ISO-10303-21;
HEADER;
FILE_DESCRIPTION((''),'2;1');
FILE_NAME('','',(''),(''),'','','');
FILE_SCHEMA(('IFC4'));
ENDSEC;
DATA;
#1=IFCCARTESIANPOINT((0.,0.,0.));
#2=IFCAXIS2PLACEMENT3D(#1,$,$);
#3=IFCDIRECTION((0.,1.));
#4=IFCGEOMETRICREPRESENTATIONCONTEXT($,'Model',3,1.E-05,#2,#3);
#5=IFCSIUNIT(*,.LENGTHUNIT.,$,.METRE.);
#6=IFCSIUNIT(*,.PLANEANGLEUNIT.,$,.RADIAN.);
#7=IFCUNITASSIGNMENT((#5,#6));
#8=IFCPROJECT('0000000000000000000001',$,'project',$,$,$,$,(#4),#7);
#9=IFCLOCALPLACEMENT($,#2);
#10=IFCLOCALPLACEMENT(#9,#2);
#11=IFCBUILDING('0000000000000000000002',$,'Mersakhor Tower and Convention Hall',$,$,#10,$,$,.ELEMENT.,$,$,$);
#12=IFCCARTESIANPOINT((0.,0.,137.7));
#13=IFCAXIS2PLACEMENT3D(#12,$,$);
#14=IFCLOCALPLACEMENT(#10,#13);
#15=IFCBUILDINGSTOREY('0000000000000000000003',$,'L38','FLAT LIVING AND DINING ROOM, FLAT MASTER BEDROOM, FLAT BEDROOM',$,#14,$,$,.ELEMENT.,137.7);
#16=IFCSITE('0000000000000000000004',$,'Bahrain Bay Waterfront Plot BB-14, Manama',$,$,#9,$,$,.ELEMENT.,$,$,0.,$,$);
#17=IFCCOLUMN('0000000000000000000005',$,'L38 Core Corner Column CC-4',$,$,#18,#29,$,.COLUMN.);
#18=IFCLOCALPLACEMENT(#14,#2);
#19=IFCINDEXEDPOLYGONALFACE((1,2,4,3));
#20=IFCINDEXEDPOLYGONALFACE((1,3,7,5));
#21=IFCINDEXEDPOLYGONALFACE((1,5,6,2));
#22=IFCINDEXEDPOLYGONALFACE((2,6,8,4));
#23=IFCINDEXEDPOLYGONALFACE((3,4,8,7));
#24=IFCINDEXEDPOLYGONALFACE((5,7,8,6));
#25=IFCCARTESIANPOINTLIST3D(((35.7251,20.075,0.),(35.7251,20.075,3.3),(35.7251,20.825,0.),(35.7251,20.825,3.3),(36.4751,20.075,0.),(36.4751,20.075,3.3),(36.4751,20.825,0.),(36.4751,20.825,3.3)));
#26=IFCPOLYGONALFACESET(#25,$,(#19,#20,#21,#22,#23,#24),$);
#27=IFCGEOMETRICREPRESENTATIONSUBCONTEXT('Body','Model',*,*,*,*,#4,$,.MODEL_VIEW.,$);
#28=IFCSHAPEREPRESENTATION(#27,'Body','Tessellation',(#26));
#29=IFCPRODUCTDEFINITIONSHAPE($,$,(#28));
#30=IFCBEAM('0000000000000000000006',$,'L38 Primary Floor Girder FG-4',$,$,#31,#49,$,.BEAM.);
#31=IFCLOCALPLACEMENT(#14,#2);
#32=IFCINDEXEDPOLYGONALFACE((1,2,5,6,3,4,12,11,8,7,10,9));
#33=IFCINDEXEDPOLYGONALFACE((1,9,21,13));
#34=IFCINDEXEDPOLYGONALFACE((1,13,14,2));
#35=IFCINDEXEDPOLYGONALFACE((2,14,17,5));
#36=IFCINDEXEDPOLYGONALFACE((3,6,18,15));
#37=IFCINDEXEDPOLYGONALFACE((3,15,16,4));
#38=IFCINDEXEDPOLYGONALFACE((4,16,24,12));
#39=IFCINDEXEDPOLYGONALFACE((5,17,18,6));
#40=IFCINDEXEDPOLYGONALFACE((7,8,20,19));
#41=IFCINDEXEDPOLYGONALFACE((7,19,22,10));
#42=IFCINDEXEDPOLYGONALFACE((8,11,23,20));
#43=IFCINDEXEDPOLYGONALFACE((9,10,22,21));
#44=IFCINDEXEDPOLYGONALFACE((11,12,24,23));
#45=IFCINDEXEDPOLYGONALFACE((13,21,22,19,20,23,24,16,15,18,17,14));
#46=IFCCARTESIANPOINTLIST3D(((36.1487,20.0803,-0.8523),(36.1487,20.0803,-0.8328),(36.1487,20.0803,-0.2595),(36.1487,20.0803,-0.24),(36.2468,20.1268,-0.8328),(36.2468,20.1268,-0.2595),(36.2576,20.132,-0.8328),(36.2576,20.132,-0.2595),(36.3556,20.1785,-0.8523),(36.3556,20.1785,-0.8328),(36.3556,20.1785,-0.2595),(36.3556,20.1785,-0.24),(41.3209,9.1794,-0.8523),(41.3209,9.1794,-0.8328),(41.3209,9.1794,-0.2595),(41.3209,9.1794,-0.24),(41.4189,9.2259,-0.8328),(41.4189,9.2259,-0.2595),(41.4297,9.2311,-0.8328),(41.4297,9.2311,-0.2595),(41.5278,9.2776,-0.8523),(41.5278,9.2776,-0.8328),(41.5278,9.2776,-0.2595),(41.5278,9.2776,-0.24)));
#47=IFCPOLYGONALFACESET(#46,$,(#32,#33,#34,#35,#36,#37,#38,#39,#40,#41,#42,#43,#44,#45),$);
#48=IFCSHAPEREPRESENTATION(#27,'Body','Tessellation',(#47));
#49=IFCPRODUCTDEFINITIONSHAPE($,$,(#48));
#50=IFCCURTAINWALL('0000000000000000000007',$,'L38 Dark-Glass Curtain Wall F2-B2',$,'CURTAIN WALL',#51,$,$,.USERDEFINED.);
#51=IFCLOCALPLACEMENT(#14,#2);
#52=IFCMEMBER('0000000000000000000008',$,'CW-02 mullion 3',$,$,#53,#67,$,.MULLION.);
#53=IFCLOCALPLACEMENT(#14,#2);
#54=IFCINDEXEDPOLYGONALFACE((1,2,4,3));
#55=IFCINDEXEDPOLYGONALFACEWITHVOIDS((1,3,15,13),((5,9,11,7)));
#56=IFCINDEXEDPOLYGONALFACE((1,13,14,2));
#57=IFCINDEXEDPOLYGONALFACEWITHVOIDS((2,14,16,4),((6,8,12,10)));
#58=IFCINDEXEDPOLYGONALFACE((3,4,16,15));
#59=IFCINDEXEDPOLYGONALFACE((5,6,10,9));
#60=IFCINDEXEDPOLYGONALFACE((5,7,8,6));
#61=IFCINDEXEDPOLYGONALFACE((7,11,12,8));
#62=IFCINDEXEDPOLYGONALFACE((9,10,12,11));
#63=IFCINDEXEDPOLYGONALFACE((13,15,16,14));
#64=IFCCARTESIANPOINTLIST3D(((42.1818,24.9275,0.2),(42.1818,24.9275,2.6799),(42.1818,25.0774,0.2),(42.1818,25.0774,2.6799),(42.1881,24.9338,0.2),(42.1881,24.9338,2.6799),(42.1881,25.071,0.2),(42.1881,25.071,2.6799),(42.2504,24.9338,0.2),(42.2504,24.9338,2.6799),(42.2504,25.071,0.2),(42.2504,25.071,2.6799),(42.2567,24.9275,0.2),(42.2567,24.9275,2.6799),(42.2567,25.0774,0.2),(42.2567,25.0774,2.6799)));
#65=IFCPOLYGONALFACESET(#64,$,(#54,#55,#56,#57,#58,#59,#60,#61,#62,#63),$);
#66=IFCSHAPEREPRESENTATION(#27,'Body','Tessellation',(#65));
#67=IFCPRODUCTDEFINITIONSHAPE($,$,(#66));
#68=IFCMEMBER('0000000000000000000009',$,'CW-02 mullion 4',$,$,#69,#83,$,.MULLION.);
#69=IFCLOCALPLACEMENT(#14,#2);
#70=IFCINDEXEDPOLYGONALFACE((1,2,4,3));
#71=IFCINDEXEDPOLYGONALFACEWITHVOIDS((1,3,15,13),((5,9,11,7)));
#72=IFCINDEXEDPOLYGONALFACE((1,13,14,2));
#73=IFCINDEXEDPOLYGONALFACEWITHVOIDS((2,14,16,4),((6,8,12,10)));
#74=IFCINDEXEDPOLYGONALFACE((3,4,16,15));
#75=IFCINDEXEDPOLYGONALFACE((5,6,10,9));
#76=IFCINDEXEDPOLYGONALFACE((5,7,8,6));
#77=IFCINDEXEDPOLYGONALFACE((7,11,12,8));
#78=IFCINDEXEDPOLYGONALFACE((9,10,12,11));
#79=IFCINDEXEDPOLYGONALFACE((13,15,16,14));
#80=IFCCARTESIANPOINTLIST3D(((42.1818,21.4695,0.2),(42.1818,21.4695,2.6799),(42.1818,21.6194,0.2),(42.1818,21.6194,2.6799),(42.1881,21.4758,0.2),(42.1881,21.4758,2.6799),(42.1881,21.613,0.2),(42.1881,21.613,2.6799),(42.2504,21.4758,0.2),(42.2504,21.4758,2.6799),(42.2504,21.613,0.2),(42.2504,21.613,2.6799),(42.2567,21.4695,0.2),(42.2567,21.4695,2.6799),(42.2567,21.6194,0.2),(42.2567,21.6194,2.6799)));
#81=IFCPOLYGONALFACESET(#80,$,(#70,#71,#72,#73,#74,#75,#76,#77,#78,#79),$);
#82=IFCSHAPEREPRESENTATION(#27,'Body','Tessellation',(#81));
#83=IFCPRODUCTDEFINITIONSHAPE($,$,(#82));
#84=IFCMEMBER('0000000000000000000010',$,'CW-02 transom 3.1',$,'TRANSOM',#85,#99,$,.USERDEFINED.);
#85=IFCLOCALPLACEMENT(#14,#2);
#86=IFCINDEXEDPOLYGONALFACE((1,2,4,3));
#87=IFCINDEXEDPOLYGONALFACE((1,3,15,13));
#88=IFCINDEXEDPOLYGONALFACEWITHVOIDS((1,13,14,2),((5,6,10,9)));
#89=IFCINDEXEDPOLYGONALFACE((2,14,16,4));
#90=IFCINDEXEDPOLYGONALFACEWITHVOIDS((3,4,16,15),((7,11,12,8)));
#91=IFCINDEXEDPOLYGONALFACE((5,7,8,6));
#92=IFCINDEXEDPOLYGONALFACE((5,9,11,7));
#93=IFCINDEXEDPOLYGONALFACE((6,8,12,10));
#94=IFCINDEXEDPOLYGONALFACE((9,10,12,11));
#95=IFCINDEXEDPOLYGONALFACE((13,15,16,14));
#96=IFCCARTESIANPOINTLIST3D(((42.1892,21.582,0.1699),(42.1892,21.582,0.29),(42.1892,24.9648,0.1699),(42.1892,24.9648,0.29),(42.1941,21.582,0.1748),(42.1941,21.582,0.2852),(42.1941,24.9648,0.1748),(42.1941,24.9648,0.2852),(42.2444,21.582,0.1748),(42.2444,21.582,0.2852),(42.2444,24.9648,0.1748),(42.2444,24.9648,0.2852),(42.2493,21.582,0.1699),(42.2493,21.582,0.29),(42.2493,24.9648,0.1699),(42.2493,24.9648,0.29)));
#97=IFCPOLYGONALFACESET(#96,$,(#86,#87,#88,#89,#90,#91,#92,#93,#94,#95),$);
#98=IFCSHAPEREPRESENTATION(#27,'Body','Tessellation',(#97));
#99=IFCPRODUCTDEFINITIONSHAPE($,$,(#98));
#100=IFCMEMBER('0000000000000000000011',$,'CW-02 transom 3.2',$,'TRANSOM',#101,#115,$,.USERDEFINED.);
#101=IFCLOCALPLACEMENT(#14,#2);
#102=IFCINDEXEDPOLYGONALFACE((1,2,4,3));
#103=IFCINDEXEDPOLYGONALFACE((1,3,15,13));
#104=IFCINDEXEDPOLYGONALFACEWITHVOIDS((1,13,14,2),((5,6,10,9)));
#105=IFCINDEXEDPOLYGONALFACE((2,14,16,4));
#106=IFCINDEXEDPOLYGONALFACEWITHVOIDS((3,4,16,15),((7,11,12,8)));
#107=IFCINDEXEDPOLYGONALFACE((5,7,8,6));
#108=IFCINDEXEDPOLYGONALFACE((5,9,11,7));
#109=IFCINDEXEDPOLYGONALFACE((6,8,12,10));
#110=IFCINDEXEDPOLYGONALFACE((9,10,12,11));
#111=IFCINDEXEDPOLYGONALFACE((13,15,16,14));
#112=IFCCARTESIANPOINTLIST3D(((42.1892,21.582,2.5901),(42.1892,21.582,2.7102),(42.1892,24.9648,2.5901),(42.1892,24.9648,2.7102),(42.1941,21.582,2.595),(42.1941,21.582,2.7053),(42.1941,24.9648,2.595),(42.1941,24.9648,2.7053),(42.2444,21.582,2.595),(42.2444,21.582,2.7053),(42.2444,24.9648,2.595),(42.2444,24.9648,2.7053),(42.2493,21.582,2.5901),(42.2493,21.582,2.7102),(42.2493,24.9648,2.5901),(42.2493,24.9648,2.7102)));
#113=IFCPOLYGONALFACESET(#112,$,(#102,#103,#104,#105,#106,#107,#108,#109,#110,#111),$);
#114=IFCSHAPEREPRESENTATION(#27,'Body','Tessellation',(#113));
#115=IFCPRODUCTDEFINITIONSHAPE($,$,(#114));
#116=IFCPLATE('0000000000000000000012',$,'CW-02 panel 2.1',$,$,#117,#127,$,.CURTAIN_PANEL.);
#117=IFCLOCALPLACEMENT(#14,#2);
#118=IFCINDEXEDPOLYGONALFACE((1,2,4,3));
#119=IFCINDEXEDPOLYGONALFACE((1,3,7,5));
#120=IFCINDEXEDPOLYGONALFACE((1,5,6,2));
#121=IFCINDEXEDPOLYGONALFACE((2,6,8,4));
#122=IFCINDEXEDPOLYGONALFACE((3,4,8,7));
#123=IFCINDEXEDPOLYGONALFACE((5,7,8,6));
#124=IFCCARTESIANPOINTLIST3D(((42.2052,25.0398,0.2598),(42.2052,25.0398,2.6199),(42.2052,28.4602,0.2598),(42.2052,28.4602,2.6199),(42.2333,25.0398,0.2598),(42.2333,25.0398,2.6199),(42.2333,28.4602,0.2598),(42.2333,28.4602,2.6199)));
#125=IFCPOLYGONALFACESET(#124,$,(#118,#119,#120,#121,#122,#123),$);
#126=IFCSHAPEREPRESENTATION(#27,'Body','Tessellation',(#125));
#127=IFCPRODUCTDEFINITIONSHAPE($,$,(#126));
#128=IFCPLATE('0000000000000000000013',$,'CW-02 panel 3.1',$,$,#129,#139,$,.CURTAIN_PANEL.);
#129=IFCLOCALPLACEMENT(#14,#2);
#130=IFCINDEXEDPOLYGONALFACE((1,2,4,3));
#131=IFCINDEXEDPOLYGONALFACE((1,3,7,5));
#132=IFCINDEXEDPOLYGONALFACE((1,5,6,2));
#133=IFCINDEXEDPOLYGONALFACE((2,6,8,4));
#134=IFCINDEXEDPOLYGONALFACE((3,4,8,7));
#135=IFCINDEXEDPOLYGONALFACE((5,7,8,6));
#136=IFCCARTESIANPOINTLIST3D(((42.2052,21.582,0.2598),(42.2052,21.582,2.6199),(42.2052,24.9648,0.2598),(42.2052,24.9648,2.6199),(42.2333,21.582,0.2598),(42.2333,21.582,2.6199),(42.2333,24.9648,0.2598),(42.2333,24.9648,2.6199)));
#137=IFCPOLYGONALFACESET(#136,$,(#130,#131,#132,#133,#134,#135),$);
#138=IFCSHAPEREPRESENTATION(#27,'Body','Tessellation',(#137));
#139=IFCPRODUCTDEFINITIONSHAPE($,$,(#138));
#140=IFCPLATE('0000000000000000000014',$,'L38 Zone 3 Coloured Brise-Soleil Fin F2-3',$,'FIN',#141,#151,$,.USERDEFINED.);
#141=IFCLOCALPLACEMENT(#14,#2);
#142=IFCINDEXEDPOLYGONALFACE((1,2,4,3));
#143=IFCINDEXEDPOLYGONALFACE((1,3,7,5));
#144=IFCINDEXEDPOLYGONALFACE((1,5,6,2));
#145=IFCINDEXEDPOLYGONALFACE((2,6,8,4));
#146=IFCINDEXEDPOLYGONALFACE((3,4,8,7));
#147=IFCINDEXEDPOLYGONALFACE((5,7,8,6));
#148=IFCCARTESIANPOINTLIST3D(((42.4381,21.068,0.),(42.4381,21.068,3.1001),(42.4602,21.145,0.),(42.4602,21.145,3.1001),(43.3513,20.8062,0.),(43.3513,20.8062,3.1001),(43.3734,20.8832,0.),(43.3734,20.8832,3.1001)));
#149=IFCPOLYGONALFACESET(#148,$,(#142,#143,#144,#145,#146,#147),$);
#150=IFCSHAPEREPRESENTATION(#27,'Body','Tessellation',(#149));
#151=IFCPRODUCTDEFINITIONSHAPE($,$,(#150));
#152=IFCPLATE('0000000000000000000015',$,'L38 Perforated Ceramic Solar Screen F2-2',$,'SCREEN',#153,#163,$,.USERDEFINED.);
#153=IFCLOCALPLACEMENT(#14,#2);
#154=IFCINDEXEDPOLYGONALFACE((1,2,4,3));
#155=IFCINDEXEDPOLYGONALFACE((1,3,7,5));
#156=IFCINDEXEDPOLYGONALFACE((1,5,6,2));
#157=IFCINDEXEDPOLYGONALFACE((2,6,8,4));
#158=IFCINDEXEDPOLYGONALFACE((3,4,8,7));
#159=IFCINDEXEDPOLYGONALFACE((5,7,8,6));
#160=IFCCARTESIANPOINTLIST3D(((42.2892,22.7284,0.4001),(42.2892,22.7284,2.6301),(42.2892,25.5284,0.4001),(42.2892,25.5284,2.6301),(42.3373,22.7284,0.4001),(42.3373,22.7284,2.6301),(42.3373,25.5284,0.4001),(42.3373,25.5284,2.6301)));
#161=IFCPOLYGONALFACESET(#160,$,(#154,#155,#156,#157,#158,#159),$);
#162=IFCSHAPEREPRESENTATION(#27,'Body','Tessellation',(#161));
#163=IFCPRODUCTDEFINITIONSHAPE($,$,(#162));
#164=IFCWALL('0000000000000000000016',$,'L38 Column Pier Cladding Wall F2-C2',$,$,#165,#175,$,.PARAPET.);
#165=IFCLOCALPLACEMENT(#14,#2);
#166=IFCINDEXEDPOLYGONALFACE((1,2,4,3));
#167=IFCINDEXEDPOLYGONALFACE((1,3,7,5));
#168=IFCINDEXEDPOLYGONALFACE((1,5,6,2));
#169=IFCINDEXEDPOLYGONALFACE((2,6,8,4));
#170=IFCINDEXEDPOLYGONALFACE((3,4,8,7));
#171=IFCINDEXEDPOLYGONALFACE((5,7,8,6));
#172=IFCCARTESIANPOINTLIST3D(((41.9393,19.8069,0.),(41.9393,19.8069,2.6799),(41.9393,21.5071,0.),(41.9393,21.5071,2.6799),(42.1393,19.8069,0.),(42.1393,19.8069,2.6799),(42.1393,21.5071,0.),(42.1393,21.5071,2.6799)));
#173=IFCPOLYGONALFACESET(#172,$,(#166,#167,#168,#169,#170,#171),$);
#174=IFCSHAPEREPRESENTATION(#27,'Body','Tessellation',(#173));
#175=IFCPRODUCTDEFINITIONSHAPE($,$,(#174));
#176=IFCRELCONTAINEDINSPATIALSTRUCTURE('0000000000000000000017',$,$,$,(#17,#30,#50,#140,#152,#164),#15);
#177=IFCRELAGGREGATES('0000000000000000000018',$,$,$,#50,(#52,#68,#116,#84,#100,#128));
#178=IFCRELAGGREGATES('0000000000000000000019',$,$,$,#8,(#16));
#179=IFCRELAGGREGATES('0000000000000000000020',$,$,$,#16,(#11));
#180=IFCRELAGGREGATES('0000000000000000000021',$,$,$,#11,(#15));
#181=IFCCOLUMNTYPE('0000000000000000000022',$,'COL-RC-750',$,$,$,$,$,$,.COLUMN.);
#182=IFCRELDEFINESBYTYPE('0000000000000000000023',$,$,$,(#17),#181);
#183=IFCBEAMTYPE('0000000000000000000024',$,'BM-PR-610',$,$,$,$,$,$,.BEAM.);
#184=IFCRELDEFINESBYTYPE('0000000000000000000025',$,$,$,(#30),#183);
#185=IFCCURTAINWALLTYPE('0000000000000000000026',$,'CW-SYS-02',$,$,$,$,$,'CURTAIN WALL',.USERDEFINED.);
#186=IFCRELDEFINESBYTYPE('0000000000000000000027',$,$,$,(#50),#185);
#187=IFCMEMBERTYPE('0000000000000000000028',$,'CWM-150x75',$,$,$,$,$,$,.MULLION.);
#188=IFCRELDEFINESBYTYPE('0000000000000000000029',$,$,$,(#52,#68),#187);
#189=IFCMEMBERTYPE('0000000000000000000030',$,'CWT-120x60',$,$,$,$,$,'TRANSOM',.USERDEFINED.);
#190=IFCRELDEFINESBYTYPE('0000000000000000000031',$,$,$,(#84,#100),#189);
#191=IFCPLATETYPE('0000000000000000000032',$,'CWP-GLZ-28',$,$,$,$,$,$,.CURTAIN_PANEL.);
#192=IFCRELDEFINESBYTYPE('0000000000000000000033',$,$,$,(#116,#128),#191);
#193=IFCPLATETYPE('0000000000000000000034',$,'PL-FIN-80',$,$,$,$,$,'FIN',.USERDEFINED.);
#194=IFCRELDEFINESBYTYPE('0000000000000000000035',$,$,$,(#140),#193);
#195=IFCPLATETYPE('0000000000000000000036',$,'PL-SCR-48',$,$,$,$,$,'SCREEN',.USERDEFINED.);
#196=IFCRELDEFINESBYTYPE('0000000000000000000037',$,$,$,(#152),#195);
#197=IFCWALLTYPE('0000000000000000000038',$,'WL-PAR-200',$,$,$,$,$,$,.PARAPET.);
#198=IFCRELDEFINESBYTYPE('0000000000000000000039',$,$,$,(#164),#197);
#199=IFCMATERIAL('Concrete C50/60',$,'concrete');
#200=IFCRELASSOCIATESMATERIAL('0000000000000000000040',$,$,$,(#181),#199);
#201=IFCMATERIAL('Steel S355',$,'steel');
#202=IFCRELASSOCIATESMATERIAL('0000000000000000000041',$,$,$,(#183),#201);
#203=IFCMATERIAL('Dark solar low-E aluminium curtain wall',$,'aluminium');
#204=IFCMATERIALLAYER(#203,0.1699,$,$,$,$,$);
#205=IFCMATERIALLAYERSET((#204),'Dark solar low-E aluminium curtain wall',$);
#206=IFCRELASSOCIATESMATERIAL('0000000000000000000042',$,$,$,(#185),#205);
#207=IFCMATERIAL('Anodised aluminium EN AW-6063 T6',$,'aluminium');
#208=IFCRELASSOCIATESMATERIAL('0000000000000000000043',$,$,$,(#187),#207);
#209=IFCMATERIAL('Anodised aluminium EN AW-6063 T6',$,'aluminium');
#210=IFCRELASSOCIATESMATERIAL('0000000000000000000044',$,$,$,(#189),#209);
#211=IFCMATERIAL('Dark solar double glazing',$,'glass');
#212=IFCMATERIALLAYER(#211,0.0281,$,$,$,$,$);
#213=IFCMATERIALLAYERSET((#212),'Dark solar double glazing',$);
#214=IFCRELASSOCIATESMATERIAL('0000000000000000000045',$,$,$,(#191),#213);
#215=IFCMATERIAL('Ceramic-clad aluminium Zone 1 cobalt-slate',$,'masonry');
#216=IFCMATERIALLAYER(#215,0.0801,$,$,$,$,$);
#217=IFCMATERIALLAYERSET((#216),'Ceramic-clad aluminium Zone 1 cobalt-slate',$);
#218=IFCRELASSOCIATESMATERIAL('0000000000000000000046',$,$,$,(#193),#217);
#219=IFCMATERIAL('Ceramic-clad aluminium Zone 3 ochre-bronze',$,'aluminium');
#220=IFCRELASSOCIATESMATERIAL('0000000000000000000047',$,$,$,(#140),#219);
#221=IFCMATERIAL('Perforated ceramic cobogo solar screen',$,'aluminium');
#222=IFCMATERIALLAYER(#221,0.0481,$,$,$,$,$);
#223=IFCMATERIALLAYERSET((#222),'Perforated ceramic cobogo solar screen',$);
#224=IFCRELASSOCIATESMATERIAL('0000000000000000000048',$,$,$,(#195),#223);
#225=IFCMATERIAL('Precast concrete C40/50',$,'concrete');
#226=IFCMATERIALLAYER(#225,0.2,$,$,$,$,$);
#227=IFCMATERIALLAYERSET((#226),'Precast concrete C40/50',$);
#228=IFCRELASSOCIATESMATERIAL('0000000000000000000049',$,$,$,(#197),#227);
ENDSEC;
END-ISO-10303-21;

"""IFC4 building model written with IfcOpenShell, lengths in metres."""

from ifc_helpers import new_model, si_unit, direction, frame, frame_2d, origin, origin_2d, place, context, subcontext, project, spatial, rectangle, hollow_rectangle, i_section, extrude, material, layer, layer_set, material_profile, profile_set, type_object, element, aggregate, save


model = new_model("IFC4")

# Units and contexts
model_context = context("Model", 3, precision=1e-05, world=origin(), true_north=direction((0.0, 1.0)))
body_context = subcontext(model_context, "Body", "Model", "MODEL_VIEW")
ifc_project = project(units=[si_unit("LENGTHUNIT", "METRE"), si_unit("PLANEANGLEUNIT", "RADIAN")], contexts=[model_context])

# Site, building, storey
site_placement = place(None, origin())
site = spatial("IfcSite", under=ifc_project, at=site_placement, Name="Bahrain Bay Waterfront Plot BB-14, Manama", CompositionType="ELEMENT", RefElevation=0.0)
building_placement = place(site_placement, origin())
building = spatial("IfcBuilding", under=site, at=building_placement, Name="Mersakhor Tower and Convention Hall", CompositionType="ELEMENT")
storey_placement = place(building_placement, frame((0.0, 0.0, 137.7)))
storey = spatial("IfcBuildingStorey", under=building, at=storey_placement, Name="L38", Description="FLAT LIVING AND DINING ROOM, FLAT MASTER BEDROOM, FLAT BEDROOM", CompositionType="ELEMENT", Elevation=137.7)

# Column
ifc_material_1 = material(Name="Concrete C50/60", Category="concrete")
ifc_material_profile_1 = material_profile(ifc_material_1, rectangle(XDim=0.75, YDim=0.75, at=origin_2d()), Name="RC 750x750")
ifc_profile_set_1 = profile_set([ifc_material_profile_1], Name="Concrete C50/60")
column_type = type_object("IfcColumnType", Name="COL-RC-750", PredefinedType="COLUMN", material=ifc_profile_set_1)
column_placement = place(storey_placement, frame((36.1001, 20.45, 0.0), z_axis=(0.0, 0.0, 1.0), x_axis=(1.0, 0.0, 0.0)))
element("IfcColumn", 1, at=column_placement, inside=storey, type_object=column_type, Name="L38 Core Corner Column CC-4", PredefinedType="COLUMN", context=body_context, shape_type="SweptSolid", body=[
    extrude(rectangle(XDim=0.75, YDim=0.75, at=origin_2d()), origin(), (0.0, 0.0, 1.0), 3.3),
])

# Beam
ifc_material_2 = material(Name="Steel S355", Category="steel")
ifc_material_profile_2 = material_profile(ifc_material_2, i_section(OverallWidth=0.229, OverallDepth=0.6123, WebThickness=0.012, FlangeThickness=0.0195, at=origin_2d()), Name="UB 610x229x125")
ifc_profile_set_2 = profile_set([ifc_material_profile_2], Name="Steel S355")
beam_type = type_object("IfcBeamType", Name="BM-PR-610", PredefinedType="BEAM", material=ifc_profile_set_2)
beam_placement = place(storey_placement, frame((36.2522, 20.1294, -0.5461), z_axis=(0.428665, -0.903464, 0.0), x_axis=(0.903464, 0.428665, 0.0)))
element("IfcBeam", 2, at=beam_placement, inside=storey, type_object=beam_type, Name="L38 Primary Floor Girder FG-4", PredefinedType="BEAM", context=body_context, shape_type="SweptSolid", body=[
    extrude(i_section(OverallWidth=0.229, OverallDepth=0.6123, WebThickness=0.012, FlangeThickness=0.0195, at=origin_2d()), origin(), (0.0, 0.0, 1.0), 12.0657),
])

# Curtain wall, members, plates
ifc_material_3 = material(Name="Dark solar low-E aluminium curtain wall", Category="aluminium")
ifc_layer_1 = layer(ifc_material_3, 0.1699)
ifc_layer_set_1 = layer_set([ifc_layer_1], Name="Dark solar low-E aluminium curtain wall")
curtain_wall_type = type_object("IfcCurtainWallType", Name="CW-SYS-02", ElementType="CURTAIN WALL", PredefinedType="USERDEFINED", material=ifc_layer_set_1)
curtain_wall_placement = place(storey_placement, origin())
curtain_wall = element("IfcCurtainWall", 3, at=curtain_wall_placement, inside=storey, type_object=curtain_wall_type, Name="L38 Dark-Glass Curtain Wall F2-B2", ObjectType="CURTAIN WALL", PredefinedType="USERDEFINED")
ifc_material_4 = material(Name="Anodised aluminium EN AW-6063 T6", Category="aluminium")
ifc_material_profile_3 = material_profile(ifc_material_4, hollow_rectangle(XDim=0.075, YDim=0.1499, WallThickness=0.0063, at=origin_2d()), Name="RHS 150x75x6.3")
ifc_profile_set_3 = profile_set([ifc_material_profile_3], Name="Anodised aluminium EN AW-6063 T6")
member_type_1 = type_object("IfcMemberType", Name="CWM-150x75", PredefinedType="MULLION", material=ifc_profile_set_3)
member_1_placement = place(storey_placement, frame((42.2192, 25.0024, 0.2), z_axis=(0.0, 0.0, 1.0), x_axis=(1.0, 0.0, 0.0)))
member_1 = element("IfcMember", 4, at=member_1_placement, type_object=member_type_1, Name="CW-02 mullion 3", PredefinedType="MULLION", context=body_context, shape_type="SweptSolid", body=[
    extrude(hollow_rectangle(XDim=0.075, YDim=0.1499, WallThickness=0.0063, at=origin_2d()), origin(), (0.0, 0.0, 1.0), 2.48),
])
member_2_placement = place(storey_placement, frame((42.2192, 21.5444, 0.2), z_axis=(0.0, 0.0, 1.0), x_axis=(1.0, 0.0, 0.0)))
member_2 = element("IfcMember", 5, at=member_2_placement, type_object=member_type_1, Name="CW-02 mullion 4", PredefinedType="MULLION", context=body_context, shape_type="SweptSolid", body=[
    extrude(hollow_rectangle(XDim=0.075, YDim=0.1499, WallThickness=0.0063, at=origin_2d()), origin(), (0.0, 0.0, 1.0), 2.48),
])
ifc_material_5 = material(Name="Anodised aluminium EN AW-6063 T6", Category="aluminium")
ifc_material_profile_4 = material_profile(ifc_material_5, hollow_rectangle(XDim=0.0601, YDim=0.1201, WallThickness=0.0049, at=origin_2d()), Name="RHS 120x60x5")
ifc_profile_set_4 = profile_set([ifc_material_profile_4], Name="Anodised aluminium EN AW-6063 T6")
member_type_2 = type_object("IfcMemberType", Name="CWT-120x60", ElementType="TRANSOM", PredefinedType="USERDEFINED", material=ifc_profile_set_4)
member_3_placement = place(storey_placement, frame((42.2192, 24.9648, 0.23), z_axis=(0.0, -1.0, 0.0), x_axis=(1.0, 0.0, 0.0)))
member_3 = element("IfcMember", 6, at=member_3_placement, type_object=member_type_2, Name="CW-02 transom 3.1", ObjectType="TRANSOM", PredefinedType="USERDEFINED", context=body_context, shape_type="SweptSolid", body=[
    extrude(hollow_rectangle(XDim=0.0601, YDim=0.1201, WallThickness=0.0049, at=origin_2d()), origin(), (0.0, 0.0, 1.0), 3.3828),
])
member_4_placement = place(storey_placement, frame((42.2192, 24.9648, 2.6501), z_axis=(0.0, -1.0, 0.0), x_axis=(1.0, 0.0, 0.0)))
member_4 = element("IfcMember", 7, at=member_4_placement, type_object=member_type_2, Name="CW-02 transom 3.2", ObjectType="TRANSOM", PredefinedType="USERDEFINED", context=body_context, shape_type="SweptSolid", body=[
    extrude(hollow_rectangle(XDim=0.0601, YDim=0.1201, WallThickness=0.0049, at=origin_2d()), origin(), (0.0, 0.0, 1.0), 3.3828),
])
ifc_material_6 = material(Name="Dark solar double glazing", Category="glass")
ifc_layer_2 = layer(ifc_material_6, 0.0281)
ifc_layer_set_2 = layer_set([ifc_layer_2], Name="Dark solar double glazing")
plate_type_1 = type_object("IfcPlateType", Name="CWP-GLZ-28", PredefinedType="CURTAIN_PANEL", material=ifc_layer_set_2)
plate_1_placement = place(storey_placement, frame((42.2192, 26.75, 0.2598), z_axis=(0.0, 0.0, 1.0), x_axis=(0.0, -1.0, 0.0)))
plate_1 = element("IfcPlate", 8, at=plate_1_placement, type_object=plate_type_1, Name="CW-02 panel 2.1", PredefinedType="CURTAIN_PANEL", context=body_context, shape_type="SweptSolid", body=[
    extrude(rectangle(XDim=3.4204, YDim=0.0281, at=origin_2d()), origin(), (0.0, 0.0, 1.0), 2.3601),
])
plate_2_placement = place(storey_placement, frame((42.2192, 23.2734, 0.2598), z_axis=(0.0, 0.0, 1.0), x_axis=(0.0, -1.0, 0.0)))
plate_2 = element("IfcPlate", 9, at=plate_2_placement, type_object=plate_type_1, Name="CW-02 panel 3.1", PredefinedType="CURTAIN_PANEL", context=body_context, shape_type="SweptSolid", body=[
    extrude(rectangle(XDim=3.3828, YDim=0.0281, at=origin_2d()), origin(), (0.0, 0.0, 1.0), 2.3601),
])
aggregate(curtain_wall, [member_1, member_2, plate_1, member_3, member_4, plate_2])

# Plates
ifc_material_7 = material(Name="Ceramic-clad aluminium Zone 3 ochre-bronze", Category="aluminium")
ifc_material_8 = material(Name="Ceramic-clad aluminium Zone 1 cobalt-slate", Category="masonry")
ifc_layer_3 = layer(ifc_material_8, 0.0801)
ifc_layer_set_3 = layer_set([ifc_layer_3], Name="Ceramic-clad aluminium Zone 1 cobalt-slate")
plate_type_2 = type_object("IfcPlateType", Name="PL-FIN-80", ElementType="FIN", PredefinedType="USERDEFINED", material=ifc_layer_set_3)
plate_3_placement = place(storey_placement, frame((42.9058, 20.9756, 0.0), z_axis=(0.0, 0.0, 1.0), x_axis=(0.961262, -0.275637, 0.0)))
element("IfcPlate", 10, at=plate_3_placement, inside=storey, type_object=plate_type_2, material=ifc_material_7, Name="L38 Zone 3 Coloured Brise-Soleil Fin F2-3", ObjectType="FIN", PredefinedType="USERDEFINED", context=body_context, shape_type="SweptSolid", body=[
    extrude(rectangle(XDim=0.95, YDim=0.0801, at=origin_2d()), origin(), (0.0, 0.0, 1.0), 3.1001),
])
ifc_material_9 = material(Name="Perforated ceramic cobogo solar screen", Category="aluminium")
ifc_layer_4 = layer(ifc_material_9, 0.0481)
ifc_layer_set_4 = layer_set([ifc_layer_4], Name="Perforated ceramic cobogo solar screen")
plate_type_3 = type_object("IfcPlateType", Name="PL-SCR-48", ElementType="SCREEN", PredefinedType="USERDEFINED", material=ifc_layer_set_4)
plate_4_placement = place(storey_placement, frame((42.3132, 24.1284, 0.4001), z_axis=(0.0, 0.0, 1.0), x_axis=(0.0, -1.0, 0.0)))
element("IfcPlate", 11, at=plate_4_placement, inside=storey, type_object=plate_type_3, Name="L38 Perforated Ceramic Solar Screen F2-2", ObjectType="SCREEN", PredefinedType="USERDEFINED", context=body_context, shape_type="SweptSolid", body=[
    extrude(rectangle(XDim=2.8, YDim=0.0481, at=origin_2d()), origin(), (0.0, 0.0, 1.0), 2.23),
])

# Wall
ifc_material_10 = material(Name="Precast concrete C40/50", Category="concrete")
ifc_layer_5 = layer(ifc_material_10, 0.2)
ifc_layer_set_5 = layer_set([ifc_layer_5], Name="Precast concrete C40/50")
wall_type_1 = type_object("IfcWallType", Name="WL-PAR-200", PredefinedType="PARAPET", material=ifc_layer_set_5)
wall_1_placement = place(storey_placement, frame((42.0393, 21.5071, 0.0), z_axis=(0.0, 0.0, 1.0), x_axis=(0.0, -1.0, 0.0)))
element("IfcWall", 12, at=wall_1_placement, inside=storey, type_object=wall_type_1, Name="L38 Column Pier Cladding Wall F2-C2", PredefinedType="PARAPET", context=body_context, shape_type="SweptSolid", body=[
    extrude(rectangle(XDim=1.7002, YDim=0.2, at=frame_2d((0.8501, 0.0))), origin(), (0.0, 0.0, 1.0), 2.6799),
])

save(model, "model.ifc")
